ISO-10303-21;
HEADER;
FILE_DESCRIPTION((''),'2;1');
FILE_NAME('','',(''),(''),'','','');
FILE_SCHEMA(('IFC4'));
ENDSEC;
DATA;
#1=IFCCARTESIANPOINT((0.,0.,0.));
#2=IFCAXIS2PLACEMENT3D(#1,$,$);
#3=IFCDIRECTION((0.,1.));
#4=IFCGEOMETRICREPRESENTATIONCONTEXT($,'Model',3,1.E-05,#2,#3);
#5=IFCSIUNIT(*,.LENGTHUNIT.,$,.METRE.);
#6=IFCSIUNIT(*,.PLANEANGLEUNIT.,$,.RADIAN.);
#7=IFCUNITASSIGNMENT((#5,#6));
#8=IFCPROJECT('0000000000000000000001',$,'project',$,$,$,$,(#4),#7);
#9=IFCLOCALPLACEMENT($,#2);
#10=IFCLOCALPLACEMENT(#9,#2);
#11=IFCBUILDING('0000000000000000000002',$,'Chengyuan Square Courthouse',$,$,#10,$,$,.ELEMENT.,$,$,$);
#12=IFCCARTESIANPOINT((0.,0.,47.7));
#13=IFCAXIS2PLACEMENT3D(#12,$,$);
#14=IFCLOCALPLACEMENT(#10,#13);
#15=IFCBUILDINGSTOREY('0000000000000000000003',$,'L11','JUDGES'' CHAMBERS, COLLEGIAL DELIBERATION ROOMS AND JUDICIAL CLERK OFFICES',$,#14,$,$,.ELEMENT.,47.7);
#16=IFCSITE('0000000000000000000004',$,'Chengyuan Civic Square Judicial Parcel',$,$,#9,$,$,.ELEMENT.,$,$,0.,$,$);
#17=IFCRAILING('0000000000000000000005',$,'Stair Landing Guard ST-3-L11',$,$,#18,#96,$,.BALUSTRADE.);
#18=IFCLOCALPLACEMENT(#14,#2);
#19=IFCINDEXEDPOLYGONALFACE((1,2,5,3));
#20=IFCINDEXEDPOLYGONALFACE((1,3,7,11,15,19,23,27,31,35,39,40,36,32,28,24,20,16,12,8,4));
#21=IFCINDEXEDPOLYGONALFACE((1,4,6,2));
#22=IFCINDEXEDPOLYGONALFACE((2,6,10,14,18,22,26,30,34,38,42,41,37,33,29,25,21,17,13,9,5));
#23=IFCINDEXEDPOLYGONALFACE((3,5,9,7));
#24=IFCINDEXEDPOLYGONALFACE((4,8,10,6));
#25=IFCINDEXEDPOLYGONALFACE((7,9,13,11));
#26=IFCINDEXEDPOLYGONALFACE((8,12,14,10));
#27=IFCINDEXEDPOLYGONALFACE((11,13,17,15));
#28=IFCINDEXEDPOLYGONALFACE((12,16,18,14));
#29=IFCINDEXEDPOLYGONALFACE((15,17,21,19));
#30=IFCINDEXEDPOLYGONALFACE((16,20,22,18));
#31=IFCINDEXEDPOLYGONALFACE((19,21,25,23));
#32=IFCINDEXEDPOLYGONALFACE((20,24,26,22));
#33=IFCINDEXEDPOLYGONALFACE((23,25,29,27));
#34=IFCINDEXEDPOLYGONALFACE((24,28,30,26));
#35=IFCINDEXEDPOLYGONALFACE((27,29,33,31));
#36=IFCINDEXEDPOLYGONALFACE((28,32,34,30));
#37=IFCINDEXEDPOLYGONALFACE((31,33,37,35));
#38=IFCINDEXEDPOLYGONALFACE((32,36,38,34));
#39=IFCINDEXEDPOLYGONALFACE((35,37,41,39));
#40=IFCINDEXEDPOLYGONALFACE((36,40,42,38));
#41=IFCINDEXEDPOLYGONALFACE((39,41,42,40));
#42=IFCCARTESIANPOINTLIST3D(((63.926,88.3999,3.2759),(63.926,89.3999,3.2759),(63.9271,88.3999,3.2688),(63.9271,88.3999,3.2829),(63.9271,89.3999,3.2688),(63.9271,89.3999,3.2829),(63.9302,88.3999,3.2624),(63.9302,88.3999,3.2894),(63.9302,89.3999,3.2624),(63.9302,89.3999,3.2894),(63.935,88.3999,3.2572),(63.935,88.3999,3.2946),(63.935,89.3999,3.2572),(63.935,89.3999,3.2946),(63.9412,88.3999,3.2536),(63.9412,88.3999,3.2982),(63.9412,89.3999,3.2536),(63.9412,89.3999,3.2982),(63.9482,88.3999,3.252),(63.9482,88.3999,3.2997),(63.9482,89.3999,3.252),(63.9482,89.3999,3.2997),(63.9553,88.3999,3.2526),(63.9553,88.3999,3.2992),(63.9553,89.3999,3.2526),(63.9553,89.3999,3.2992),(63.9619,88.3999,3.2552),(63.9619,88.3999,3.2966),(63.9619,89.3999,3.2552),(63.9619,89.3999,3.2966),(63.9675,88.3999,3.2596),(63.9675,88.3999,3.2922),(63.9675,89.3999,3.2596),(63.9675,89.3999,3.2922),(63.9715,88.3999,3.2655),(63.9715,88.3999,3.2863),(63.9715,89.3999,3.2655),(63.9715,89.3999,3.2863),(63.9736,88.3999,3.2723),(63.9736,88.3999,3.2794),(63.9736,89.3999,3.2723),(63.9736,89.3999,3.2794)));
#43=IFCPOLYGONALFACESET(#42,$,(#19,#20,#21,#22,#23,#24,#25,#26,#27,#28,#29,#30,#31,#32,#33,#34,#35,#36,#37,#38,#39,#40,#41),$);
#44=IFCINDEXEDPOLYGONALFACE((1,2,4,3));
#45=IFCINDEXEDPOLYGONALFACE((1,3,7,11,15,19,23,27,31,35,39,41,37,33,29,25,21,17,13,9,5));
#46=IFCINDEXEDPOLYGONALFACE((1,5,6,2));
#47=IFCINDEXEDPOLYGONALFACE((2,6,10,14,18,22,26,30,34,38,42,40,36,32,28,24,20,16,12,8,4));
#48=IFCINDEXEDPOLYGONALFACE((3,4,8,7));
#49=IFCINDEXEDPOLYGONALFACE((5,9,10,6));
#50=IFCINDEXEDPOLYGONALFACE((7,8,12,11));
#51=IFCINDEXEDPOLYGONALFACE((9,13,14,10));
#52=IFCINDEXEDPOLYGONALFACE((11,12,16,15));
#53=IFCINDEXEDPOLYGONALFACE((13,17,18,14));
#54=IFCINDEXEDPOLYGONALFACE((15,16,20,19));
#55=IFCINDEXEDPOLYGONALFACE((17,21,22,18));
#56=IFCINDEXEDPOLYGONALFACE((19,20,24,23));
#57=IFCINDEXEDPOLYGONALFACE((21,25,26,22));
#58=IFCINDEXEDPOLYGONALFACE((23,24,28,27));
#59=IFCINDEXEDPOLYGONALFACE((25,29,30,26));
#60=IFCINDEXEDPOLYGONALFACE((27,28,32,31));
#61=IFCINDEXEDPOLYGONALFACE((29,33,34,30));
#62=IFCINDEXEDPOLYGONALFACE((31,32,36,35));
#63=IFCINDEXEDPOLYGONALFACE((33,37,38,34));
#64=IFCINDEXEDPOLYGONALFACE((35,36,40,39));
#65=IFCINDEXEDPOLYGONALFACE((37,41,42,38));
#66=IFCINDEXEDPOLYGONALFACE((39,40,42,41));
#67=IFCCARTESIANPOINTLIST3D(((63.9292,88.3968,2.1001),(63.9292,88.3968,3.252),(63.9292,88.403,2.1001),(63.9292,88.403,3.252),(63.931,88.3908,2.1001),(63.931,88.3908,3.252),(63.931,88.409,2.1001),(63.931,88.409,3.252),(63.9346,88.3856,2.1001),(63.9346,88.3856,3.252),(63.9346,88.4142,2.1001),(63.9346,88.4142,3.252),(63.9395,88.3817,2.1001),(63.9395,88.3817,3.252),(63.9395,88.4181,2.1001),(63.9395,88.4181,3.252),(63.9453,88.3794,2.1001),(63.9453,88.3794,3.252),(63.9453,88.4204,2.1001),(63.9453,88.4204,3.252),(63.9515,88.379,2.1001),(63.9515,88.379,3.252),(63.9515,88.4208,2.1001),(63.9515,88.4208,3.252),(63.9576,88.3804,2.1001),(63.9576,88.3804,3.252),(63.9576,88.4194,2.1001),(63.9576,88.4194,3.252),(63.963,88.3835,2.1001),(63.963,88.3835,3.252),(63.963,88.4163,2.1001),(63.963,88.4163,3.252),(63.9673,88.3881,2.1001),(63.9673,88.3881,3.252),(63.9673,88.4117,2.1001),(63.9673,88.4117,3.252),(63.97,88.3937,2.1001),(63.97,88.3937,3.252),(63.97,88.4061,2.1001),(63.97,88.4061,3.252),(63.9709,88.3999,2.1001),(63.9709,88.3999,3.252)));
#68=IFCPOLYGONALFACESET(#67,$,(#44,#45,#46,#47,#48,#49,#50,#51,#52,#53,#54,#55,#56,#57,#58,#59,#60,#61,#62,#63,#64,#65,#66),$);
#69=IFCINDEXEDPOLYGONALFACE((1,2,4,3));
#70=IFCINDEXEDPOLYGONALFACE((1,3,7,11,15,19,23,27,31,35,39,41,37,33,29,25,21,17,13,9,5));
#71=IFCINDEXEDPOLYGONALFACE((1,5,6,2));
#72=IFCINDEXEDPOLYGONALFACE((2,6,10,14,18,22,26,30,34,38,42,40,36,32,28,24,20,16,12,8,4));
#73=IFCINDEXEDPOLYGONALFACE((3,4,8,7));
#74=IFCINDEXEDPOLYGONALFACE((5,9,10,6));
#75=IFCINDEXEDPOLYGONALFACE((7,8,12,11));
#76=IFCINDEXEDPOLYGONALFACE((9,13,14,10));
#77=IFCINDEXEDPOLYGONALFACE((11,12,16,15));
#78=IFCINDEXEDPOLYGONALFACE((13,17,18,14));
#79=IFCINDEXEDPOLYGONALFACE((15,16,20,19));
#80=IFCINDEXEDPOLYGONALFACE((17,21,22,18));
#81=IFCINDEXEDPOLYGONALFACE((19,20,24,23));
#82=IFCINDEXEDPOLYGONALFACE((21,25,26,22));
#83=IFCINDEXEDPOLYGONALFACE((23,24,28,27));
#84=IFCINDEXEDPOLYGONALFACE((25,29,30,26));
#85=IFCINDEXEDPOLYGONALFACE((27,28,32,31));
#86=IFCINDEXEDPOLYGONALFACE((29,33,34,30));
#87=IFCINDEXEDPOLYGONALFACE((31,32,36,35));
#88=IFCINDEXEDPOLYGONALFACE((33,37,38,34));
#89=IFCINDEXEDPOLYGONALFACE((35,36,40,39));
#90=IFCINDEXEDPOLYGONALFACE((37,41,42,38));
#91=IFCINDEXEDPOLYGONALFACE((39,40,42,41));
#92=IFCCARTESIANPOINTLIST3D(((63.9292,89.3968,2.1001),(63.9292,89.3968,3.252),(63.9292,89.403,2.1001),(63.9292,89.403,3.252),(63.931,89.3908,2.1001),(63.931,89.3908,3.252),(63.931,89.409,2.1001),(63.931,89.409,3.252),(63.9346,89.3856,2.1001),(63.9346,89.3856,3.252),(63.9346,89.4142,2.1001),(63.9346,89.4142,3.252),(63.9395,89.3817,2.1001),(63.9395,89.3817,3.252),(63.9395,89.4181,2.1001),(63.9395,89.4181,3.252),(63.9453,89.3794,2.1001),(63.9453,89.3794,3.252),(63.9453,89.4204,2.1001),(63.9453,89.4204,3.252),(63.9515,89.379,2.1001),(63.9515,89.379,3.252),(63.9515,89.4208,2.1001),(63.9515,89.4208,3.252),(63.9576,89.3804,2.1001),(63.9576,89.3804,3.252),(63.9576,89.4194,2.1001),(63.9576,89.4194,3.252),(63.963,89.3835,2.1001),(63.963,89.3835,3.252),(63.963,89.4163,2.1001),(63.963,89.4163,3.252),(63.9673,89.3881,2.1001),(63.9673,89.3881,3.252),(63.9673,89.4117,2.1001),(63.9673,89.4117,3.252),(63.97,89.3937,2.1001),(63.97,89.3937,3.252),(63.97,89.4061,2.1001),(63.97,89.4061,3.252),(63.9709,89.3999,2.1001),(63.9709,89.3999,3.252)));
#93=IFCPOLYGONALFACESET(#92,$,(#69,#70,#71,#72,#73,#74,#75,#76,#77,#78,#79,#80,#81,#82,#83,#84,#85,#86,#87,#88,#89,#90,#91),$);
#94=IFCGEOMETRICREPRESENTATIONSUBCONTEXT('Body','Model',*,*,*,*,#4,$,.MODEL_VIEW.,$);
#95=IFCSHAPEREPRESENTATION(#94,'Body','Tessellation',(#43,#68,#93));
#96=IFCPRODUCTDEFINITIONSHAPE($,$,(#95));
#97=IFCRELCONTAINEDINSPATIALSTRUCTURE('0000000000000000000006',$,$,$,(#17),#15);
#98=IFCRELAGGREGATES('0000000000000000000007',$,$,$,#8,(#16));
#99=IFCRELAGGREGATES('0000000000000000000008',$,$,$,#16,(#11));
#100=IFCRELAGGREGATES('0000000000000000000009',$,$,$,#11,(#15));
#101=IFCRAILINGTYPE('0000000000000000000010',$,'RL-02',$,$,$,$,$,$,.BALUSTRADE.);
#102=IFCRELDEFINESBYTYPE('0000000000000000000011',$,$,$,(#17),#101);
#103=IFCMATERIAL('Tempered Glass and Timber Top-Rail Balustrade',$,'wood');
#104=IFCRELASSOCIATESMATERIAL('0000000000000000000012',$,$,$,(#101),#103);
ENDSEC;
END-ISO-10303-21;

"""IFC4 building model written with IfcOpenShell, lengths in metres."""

from ifc_helpers import new_model, si_unit, direction, frame, origin, origin_2d, place, context, subcontext, project, spatial, circle, extrude, material, type_object, element, save


model = new_model("IFC4")

# Units and contexts
model_context = context("Model", 3, precision=1e-05, world=origin(), true_north=direction((0.0, 1.0)))
body_context = subcontext(model_context, "Body", "Model", "MODEL_VIEW")
ifc_project = project(units=[si_unit("LENGTHUNIT", "METRE"), si_unit("PLANEANGLEUNIT", "RADIAN")], contexts=[model_context])

# Site, building, storey
site_placement = place(None, origin())
site = spatial("IfcSite", under=ifc_project, at=site_placement, Name="Chengyuan Civic Square Judicial Parcel", CompositionType="ELEMENT", RefElevation=0.0)
building_placement = place(site_placement, origin())
building = spatial("IfcBuilding", under=site, at=building_placement, Name="Chengyuan Square Courthouse", CompositionType="ELEMENT")
storey_placement = place(building_placement, frame((0.0, 0.0, 47.7)))
storey = spatial("IfcBuildingStorey", under=building, at=storey_placement, Name="L11", Description="JUDGES' CHAMBERS, COLLEGIAL DELIBERATION ROOMS AND JUDICIAL CLERK OFFICES", CompositionType="ELEMENT", Elevation=47.7)

# Railing
ifc_material_1 = material(Name="Tempered Glass and Timber Top-Rail Balustrade", Category="wood")
railing_type_1 = type_object("IfcRailingType", Name="RL-02", PredefinedType="BALUSTRADE", material=ifc_material_1)
for number, where, name in (
    (1, (63.95, 88.3999, 2.1001), "Stair Landing Guard ST-3-L11"),
):
    element("IfcRailing", number, at=place(storey_placement, frame(where)), inside=storey, type_object=railing_type_1, Name=name, PredefinedType="BALUSTRADE", context=body_context, shape_type="SweptSolid", body=[
        extrude(circle(Radius=0.0239, at=origin_2d()), frame((0.0, 0.0, 1.1758), z_axis=(0.0, 1.0, 0.0), x_axis=(-1.0, 0.0, 0.0)), (0.0, 0.0, 1.0), 1.0),
        extrude(circle(Radius=0.021, at=origin_2d()), origin(), (0.0, 0.0, 1.0), 1.1519),
        extrude(circle(Radius=0.021, at=origin_2d()), frame((0.0, 1.0, 0.0)), (0.0, 0.0, 1.0), 1.1519),
    ])

save(model, "model.ifc")
